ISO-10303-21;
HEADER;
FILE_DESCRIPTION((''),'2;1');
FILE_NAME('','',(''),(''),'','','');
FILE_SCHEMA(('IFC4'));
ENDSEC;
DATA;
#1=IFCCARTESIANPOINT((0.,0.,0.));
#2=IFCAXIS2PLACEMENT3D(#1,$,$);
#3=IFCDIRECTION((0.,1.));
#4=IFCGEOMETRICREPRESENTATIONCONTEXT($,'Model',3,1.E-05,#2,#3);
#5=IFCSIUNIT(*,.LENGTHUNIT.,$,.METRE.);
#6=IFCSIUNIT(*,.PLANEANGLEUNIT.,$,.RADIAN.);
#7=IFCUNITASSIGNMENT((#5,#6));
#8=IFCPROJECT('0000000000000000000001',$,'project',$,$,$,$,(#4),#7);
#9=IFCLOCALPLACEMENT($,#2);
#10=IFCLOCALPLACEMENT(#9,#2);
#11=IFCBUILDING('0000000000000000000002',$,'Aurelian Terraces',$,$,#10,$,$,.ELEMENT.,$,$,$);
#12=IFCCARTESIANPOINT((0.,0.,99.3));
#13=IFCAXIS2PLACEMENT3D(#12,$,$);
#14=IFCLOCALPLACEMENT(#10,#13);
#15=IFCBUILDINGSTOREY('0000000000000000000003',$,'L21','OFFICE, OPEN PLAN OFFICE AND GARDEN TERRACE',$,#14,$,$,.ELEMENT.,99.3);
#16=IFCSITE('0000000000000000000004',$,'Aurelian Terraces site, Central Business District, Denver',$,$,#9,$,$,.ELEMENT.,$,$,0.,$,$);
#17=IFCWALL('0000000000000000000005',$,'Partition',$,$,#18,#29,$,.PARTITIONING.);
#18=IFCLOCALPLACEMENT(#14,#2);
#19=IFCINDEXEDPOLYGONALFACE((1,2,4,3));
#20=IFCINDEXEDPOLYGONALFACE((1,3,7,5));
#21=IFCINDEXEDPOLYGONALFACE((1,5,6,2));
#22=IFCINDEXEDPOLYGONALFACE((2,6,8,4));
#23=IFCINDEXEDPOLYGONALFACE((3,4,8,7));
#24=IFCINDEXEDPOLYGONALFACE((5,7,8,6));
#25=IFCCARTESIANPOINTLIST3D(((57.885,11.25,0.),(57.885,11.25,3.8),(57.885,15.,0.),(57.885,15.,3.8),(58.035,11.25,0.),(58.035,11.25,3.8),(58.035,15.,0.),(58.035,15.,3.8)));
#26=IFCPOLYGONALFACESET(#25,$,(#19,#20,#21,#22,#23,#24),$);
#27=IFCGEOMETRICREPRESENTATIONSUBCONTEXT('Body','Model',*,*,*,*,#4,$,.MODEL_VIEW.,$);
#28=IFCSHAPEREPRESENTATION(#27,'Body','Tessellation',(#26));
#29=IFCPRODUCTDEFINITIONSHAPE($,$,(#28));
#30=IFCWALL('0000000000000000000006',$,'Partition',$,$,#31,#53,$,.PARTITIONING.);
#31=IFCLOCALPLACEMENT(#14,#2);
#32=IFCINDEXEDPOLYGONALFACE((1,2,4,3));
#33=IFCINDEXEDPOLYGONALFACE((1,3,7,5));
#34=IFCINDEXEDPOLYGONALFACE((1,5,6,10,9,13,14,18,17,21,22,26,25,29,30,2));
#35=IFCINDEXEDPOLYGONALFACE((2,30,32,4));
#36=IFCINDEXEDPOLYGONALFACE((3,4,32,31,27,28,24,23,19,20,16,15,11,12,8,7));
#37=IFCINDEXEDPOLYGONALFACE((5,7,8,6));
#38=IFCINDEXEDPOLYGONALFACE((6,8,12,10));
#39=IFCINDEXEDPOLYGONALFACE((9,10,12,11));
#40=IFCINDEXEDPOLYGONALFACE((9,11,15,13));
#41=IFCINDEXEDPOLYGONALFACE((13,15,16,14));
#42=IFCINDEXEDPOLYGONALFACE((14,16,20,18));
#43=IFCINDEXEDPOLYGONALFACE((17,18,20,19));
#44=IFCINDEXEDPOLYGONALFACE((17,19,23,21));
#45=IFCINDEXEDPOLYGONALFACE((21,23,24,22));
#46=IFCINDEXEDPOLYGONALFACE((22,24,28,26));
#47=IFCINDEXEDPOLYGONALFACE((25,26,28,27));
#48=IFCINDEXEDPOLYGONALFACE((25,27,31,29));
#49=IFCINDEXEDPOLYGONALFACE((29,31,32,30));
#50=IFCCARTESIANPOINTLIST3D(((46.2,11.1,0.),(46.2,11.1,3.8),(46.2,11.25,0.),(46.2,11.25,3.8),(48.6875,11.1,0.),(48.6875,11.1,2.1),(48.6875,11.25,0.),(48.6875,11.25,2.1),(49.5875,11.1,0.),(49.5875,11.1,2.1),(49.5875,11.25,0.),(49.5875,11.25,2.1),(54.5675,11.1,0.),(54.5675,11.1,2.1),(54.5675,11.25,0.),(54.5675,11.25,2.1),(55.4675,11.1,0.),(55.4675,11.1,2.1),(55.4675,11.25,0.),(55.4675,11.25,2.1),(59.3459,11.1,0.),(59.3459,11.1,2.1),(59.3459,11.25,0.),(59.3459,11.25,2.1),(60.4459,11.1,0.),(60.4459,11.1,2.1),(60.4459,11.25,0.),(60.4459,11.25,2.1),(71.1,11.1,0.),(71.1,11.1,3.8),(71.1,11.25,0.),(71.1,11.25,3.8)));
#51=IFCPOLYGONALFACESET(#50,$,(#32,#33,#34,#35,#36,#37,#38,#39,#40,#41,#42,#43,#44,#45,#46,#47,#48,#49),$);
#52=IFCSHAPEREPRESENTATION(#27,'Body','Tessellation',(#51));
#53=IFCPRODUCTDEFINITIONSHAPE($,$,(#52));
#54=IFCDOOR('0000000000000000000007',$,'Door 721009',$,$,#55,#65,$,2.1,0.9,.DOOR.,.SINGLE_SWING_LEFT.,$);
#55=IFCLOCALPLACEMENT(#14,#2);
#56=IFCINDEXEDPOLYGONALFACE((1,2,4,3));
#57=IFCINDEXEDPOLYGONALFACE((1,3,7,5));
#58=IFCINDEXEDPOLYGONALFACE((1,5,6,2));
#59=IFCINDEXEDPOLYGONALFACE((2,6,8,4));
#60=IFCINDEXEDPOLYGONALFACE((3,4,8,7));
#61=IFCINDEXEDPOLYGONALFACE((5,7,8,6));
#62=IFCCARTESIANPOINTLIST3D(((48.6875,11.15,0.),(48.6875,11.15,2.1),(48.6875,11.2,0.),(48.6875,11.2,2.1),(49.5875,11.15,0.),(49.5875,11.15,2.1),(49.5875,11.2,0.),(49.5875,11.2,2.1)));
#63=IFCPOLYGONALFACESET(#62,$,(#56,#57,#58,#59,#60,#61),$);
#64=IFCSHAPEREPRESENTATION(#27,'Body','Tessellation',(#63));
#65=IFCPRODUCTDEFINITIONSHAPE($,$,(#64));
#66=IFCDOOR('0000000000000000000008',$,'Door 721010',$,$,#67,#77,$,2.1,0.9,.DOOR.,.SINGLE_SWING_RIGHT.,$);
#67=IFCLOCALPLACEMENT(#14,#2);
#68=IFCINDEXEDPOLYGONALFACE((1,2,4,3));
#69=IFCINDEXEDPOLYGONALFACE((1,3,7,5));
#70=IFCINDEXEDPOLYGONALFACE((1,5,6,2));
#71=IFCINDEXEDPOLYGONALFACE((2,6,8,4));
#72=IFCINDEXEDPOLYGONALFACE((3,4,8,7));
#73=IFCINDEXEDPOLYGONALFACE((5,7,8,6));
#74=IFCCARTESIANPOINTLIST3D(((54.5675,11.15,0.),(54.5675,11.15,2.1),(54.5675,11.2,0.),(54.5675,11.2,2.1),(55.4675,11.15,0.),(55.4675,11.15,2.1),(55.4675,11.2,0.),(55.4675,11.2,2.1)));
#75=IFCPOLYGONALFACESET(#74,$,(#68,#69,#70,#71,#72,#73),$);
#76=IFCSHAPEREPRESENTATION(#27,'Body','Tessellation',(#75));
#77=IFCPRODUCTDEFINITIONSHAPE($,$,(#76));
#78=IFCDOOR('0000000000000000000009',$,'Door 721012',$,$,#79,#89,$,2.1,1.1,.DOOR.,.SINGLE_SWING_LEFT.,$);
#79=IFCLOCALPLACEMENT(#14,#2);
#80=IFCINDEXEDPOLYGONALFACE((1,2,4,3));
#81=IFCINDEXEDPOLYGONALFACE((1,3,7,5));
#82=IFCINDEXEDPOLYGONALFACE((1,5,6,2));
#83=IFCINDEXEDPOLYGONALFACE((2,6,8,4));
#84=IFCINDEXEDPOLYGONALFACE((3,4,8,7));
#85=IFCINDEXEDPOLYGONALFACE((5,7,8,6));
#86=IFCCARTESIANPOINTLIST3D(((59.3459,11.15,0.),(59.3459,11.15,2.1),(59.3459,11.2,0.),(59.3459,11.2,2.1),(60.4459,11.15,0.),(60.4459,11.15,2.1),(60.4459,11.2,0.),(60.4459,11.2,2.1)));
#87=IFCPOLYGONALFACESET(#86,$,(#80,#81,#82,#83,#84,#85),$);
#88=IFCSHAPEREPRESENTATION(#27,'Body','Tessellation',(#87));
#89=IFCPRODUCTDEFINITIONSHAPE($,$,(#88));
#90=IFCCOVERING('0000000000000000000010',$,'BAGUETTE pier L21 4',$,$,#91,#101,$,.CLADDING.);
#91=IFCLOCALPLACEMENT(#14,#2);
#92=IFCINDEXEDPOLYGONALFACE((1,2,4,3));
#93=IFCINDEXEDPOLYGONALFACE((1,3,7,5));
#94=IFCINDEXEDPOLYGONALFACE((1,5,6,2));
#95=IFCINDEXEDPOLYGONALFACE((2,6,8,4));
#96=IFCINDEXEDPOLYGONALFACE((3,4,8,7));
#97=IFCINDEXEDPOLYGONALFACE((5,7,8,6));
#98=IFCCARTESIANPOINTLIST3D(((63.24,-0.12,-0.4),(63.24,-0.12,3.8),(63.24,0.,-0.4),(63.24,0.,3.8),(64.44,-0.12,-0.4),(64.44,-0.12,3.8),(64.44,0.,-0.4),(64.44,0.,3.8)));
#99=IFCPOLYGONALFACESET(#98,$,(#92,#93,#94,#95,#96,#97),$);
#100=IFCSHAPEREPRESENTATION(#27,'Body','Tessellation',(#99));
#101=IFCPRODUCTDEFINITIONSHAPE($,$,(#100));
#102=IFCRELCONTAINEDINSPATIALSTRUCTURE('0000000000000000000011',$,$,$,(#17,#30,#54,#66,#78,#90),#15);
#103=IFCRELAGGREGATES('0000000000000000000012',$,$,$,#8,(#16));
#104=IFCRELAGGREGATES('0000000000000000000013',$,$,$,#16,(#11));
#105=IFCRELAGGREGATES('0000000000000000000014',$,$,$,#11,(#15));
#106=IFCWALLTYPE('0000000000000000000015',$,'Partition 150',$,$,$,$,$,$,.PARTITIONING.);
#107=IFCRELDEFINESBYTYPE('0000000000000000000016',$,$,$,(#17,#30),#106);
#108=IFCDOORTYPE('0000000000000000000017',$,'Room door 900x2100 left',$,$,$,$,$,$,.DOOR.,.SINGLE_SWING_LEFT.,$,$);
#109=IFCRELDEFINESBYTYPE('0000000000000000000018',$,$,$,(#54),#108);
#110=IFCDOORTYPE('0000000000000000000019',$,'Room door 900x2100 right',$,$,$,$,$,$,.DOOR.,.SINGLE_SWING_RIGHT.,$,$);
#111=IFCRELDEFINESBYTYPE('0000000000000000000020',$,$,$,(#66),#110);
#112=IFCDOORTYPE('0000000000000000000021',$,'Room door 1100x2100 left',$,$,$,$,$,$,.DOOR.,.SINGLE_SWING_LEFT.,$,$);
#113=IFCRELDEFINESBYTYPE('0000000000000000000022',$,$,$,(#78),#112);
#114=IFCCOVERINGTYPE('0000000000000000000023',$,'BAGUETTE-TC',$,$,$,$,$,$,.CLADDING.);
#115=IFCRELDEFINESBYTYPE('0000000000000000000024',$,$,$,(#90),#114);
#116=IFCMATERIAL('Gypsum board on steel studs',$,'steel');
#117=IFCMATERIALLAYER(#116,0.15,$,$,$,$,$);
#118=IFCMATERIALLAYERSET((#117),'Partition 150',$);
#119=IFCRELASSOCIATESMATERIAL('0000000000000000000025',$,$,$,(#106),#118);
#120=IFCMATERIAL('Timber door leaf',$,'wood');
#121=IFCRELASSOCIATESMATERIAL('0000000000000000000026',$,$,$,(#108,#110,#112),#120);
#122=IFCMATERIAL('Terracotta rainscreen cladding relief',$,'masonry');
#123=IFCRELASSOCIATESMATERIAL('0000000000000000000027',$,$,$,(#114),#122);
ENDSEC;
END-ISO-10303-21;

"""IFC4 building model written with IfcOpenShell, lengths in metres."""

from ifc_helpers import new_model, si_unit, direction, frame, frame_2d, origin, origin_2d, place, context, subcontext, project, spatial, rectangle, extrude, source, transform, mapped, material, layer, layer_set, type_object, element, fill, save


model = new_model("IFC4")

# Units and contexts
model_context = context("Model", 3, precision=1e-05, world=origin(), true_north=direction((0.0, 1.0)))
body_context = subcontext(model_context, "Body", "Model", "MODEL_VIEW")
ifc_project = project(units=[si_unit("LENGTHUNIT", "METRE"), si_unit("PLANEANGLEUNIT", "RADIAN")], contexts=[model_context])

# Site, building, storey
site_placement = place(None, origin())
site = spatial("IfcSite", under=ifc_project, at=site_placement, Name="Aurelian Terraces site, Central Business District, Denver", CompositionType="ELEMENT", RefElevation=0.0)
building_placement = place(site_placement, origin())
building = spatial("IfcBuilding", under=site, at=building_placement, Name="Aurelian Terraces", CompositionType="ELEMENT")
storey_placement = place(building_placement, frame((0.0, 0.0, 99.3)))
storey = spatial("IfcBuildingStorey", under=building, at=storey_placement, Name="L21", Description="OFFICE, OPEN PLAN OFFICE AND GARDEN TERRACE", CompositionType="ELEMENT", Elevation=99.3)

# Wall
ifc_material_1 = material(Name="Gypsum board on steel studs", Category="steel")
ifc_layer_1 = layer(ifc_material_1, 0.15)
ifc_layer_set_1 = layer_set([ifc_layer_1], Name="Partition 150")
wall_type_1 = type_object("IfcWallType", Name="Partition 150", PredefinedType="PARTITIONING", material=ifc_layer_set_1)
shared_shape_1 = source(origin(), body_context, "Body", "SweptSolid", [
    extrude(rectangle(XDim=3.75, YDim=0.15, at=frame_2d((1.875, 0.0))), origin(), (0.0, 0.0, 1.0), 3.8),
])
wall_1_placement = place(storey_placement, frame((57.96, 11.25, 0.0), z_axis=(0.0, 0.0, 1.0), x_axis=(0.0, 1.0, 0.0)))
element("IfcWall", 1, at=wall_1_placement, inside=storey, type_object=wall_type_1, Name="Partition", PredefinedType="PARTITIONING", context=body_context, shape_type="MappedRepresentation", body=[
    mapped(shared_shape_1, transform((0.0, 0.0, 0.0), scale=1.0)),
])

# Wall, openings, doors
shared_shape_2 = source(origin(), body_context, "Body", "SweptSolid", [
    extrude(rectangle(XDim=24.9, YDim=0.15, at=frame_2d((12.45, 0.0))), origin(), (0.0, 0.0, 1.0), 3.8),
])
wall_2_placement = place(storey_placement, frame((71.1, 11.175, 0.0), z_axis=(0.0, 0.0, 1.0), x_axis=(-1.0, 0.0, 0.0)))
wall_2 = element("IfcWall", 2, at=wall_2_placement, inside=storey, type_object=wall_type_1, Name="Partition", PredefinedType="PARTITIONING", context=body_context, shape_type="MappedRepresentation", body=[
    mapped(shared_shape_2, transform((0.0, 0.0, 0.0), scale=1.0)),
])
shared_shape_3 = source(origin(), body_context, "Body", "SweptSolid", [
    extrude(rectangle(XDim=0.9, YDim=2.1, at=frame_2d((0.45, 1.05))), frame((0.0, 0.085, 0.0), z_axis=(0.0, -1.0, 0.0), x_axis=(1.0, 0.0, 0.0)), (0.0, 0.0, 1.0), 0.17),
])
opening_1_placement = place(wall_2_placement, frame((21.5125, 0.0, 0.0)))
opening_1 = element("IfcOpeningElement", 3, at=opening_1_placement, cuts=wall_2, PredefinedType="OPENING", context=body_context, shape_type="MappedRepresentation", body=[
    mapped(shared_shape_3, transform((0.0, 0.0, 0.0), scale=1.0)),
])
opening_2_placement = place(wall_2_placement, frame((15.6325, 0.0, 0.0)))
opening_2 = element("IfcOpeningElement", 4, at=opening_2_placement, cuts=wall_2, PredefinedType="OPENING", context=body_context, shape_type="MappedRepresentation", body=[
    mapped(shared_shape_3, transform((0.0, 0.0, 0.0), scale=1.0)),
])
shared_shape_4 = source(origin(), body_context, "Body", "SweptSolid", [
    extrude(rectangle(XDim=1.1, YDim=2.1, at=frame_2d((0.55, 1.05))), frame((0.0, 0.085, 0.0), z_axis=(0.0, -1.0, 0.0), x_axis=(1.0, 0.0, 0.0)), (0.0, 0.0, 1.0), 0.17),
])
opening_3_placement = place(wall_2_placement, frame((10.6541, 0.0, 0.0)))
opening_3 = element("IfcOpeningElement", 5, at=opening_3_placement, cuts=wall_2, PredefinedType="OPENING", context=body_context, shape_type="MappedRepresentation", body=[
    mapped(shared_shape_4, transform((0.0, 0.0, 0.0), scale=1.0)),
])
ifc_material_2 = material(Name="Timber door leaf", Category="wood")
door_type_1 = type_object("IfcDoorType", Name="Room door 900x2100 left", OperationType="SINGLE_SWING_LEFT", PredefinedType="DOOR", material=ifc_material_2)
shared_shape_5 = source(origin(), body_context, "Body", "SweptSolid", [
    extrude(rectangle(XDim=0.9, YDim=2.1, at=frame_2d((0.45, 1.05))), frame((0.0, 0.025, 0.0), z_axis=(0.0, -1.0, 0.0), x_axis=(1.0, 0.0, 0.0)), (0.0, 0.0, 1.0), 0.05),
])
door_1_placement = place(opening_1_placement, origin())
door_1 = element("IfcDoor", 6, at=door_1_placement, inside=storey, type_object=door_type_1, Name="Door 721009", OperationType="SINGLE_SWING_LEFT", OverallHeight=2.1, OverallWidth=0.9, PredefinedType="DOOR", context=body_context, shape_type="MappedRepresentation", body=[
    mapped(shared_shape_5, transform((0.0, 0.0, 0.0), scale=1.0)),
])
fill(opening_1, door_1)
door_type_2 = type_object("IfcDoorType", Name="Room door 900x2100 right", OperationType="SINGLE_SWING_RIGHT", PredefinedType="DOOR", material=ifc_material_2)
door_2_placement = place(opening_2_placement, origin())
door_2 = element("IfcDoor", 7, at=door_2_placement, inside=storey, type_object=door_type_2, Name="Door 721010", OperationType="SINGLE_SWING_RIGHT", OverallHeight=2.1, OverallWidth=0.9, PredefinedType="DOOR", context=body_context, shape_type="MappedRepresentation", body=[
    mapped(shared_shape_5, transform((0.0, 0.0, 0.0), scale=1.0)),
])
fill(opening_2, door_2)
door_type_3 = type_object("IfcDoorType", Name="Room door 1100x2100 left", OperationType="SINGLE_SWING_LEFT", PredefinedType="DOOR", material=ifc_material_2)
shared_shape_6 = source(origin(), body_context, "Body", "SweptSolid", [
    extrude(rectangle(XDim=1.1, YDim=2.1, at=frame_2d((0.55, 1.05))), frame((0.0, 0.025, 0.0), z_axis=(0.0, -1.0, 0.0), x_axis=(1.0, 0.0, 0.0)), (0.0, 0.0, 1.0), 0.05),
])
door_3_placement = place(opening_3_placement, origin())
door_3 = element("IfcDoor", 8, at=door_3_placement, inside=storey, type_object=door_type_3, Name="Door 721012", OperationType="SINGLE_SWING_LEFT", OverallHeight=2.1, OverallWidth=1.1, PredefinedType="DOOR", context=body_context, shape_type="MappedRepresentation", body=[
    mapped(shared_shape_6, transform((0.0, 0.0, 0.0), scale=1.0)),
])
fill(opening_3, door_3)

# Covering
ifc_material_3 = material(Name="Terracotta rainscreen cladding relief", Category="masonry")
covering_type = type_object("IfcCoveringType", Name="BAGUETTE-TC", PredefinedType="CLADDING", material=ifc_material_3)
shared_shape_7 = source(origin(), body_context, "Body", "SweptSolid", [
    extrude(rectangle(XDim=1.2, YDim=0.12, at=origin_2d()), origin(), (0.0, 0.0, 1.0), 4.2),
])
covering_placement = place(storey_placement, frame((63.84, -0.06, -0.4), z_axis=(0.0, 0.0, 1.0), x_axis=(1.0, 0.0, 0.0)))
element("IfcCovering", 9, at=covering_placement, inside=storey, type_object=covering_type, Name="BAGUETTE pier L21 4", PredefinedType="CLADDING", context=body_context, shape_type="MappedRepresentation", body=[
    mapped(shared_shape_7, transform((0.0, 0.0, 0.0), scale=1.0)),
])

save(model, "model.ifc")
